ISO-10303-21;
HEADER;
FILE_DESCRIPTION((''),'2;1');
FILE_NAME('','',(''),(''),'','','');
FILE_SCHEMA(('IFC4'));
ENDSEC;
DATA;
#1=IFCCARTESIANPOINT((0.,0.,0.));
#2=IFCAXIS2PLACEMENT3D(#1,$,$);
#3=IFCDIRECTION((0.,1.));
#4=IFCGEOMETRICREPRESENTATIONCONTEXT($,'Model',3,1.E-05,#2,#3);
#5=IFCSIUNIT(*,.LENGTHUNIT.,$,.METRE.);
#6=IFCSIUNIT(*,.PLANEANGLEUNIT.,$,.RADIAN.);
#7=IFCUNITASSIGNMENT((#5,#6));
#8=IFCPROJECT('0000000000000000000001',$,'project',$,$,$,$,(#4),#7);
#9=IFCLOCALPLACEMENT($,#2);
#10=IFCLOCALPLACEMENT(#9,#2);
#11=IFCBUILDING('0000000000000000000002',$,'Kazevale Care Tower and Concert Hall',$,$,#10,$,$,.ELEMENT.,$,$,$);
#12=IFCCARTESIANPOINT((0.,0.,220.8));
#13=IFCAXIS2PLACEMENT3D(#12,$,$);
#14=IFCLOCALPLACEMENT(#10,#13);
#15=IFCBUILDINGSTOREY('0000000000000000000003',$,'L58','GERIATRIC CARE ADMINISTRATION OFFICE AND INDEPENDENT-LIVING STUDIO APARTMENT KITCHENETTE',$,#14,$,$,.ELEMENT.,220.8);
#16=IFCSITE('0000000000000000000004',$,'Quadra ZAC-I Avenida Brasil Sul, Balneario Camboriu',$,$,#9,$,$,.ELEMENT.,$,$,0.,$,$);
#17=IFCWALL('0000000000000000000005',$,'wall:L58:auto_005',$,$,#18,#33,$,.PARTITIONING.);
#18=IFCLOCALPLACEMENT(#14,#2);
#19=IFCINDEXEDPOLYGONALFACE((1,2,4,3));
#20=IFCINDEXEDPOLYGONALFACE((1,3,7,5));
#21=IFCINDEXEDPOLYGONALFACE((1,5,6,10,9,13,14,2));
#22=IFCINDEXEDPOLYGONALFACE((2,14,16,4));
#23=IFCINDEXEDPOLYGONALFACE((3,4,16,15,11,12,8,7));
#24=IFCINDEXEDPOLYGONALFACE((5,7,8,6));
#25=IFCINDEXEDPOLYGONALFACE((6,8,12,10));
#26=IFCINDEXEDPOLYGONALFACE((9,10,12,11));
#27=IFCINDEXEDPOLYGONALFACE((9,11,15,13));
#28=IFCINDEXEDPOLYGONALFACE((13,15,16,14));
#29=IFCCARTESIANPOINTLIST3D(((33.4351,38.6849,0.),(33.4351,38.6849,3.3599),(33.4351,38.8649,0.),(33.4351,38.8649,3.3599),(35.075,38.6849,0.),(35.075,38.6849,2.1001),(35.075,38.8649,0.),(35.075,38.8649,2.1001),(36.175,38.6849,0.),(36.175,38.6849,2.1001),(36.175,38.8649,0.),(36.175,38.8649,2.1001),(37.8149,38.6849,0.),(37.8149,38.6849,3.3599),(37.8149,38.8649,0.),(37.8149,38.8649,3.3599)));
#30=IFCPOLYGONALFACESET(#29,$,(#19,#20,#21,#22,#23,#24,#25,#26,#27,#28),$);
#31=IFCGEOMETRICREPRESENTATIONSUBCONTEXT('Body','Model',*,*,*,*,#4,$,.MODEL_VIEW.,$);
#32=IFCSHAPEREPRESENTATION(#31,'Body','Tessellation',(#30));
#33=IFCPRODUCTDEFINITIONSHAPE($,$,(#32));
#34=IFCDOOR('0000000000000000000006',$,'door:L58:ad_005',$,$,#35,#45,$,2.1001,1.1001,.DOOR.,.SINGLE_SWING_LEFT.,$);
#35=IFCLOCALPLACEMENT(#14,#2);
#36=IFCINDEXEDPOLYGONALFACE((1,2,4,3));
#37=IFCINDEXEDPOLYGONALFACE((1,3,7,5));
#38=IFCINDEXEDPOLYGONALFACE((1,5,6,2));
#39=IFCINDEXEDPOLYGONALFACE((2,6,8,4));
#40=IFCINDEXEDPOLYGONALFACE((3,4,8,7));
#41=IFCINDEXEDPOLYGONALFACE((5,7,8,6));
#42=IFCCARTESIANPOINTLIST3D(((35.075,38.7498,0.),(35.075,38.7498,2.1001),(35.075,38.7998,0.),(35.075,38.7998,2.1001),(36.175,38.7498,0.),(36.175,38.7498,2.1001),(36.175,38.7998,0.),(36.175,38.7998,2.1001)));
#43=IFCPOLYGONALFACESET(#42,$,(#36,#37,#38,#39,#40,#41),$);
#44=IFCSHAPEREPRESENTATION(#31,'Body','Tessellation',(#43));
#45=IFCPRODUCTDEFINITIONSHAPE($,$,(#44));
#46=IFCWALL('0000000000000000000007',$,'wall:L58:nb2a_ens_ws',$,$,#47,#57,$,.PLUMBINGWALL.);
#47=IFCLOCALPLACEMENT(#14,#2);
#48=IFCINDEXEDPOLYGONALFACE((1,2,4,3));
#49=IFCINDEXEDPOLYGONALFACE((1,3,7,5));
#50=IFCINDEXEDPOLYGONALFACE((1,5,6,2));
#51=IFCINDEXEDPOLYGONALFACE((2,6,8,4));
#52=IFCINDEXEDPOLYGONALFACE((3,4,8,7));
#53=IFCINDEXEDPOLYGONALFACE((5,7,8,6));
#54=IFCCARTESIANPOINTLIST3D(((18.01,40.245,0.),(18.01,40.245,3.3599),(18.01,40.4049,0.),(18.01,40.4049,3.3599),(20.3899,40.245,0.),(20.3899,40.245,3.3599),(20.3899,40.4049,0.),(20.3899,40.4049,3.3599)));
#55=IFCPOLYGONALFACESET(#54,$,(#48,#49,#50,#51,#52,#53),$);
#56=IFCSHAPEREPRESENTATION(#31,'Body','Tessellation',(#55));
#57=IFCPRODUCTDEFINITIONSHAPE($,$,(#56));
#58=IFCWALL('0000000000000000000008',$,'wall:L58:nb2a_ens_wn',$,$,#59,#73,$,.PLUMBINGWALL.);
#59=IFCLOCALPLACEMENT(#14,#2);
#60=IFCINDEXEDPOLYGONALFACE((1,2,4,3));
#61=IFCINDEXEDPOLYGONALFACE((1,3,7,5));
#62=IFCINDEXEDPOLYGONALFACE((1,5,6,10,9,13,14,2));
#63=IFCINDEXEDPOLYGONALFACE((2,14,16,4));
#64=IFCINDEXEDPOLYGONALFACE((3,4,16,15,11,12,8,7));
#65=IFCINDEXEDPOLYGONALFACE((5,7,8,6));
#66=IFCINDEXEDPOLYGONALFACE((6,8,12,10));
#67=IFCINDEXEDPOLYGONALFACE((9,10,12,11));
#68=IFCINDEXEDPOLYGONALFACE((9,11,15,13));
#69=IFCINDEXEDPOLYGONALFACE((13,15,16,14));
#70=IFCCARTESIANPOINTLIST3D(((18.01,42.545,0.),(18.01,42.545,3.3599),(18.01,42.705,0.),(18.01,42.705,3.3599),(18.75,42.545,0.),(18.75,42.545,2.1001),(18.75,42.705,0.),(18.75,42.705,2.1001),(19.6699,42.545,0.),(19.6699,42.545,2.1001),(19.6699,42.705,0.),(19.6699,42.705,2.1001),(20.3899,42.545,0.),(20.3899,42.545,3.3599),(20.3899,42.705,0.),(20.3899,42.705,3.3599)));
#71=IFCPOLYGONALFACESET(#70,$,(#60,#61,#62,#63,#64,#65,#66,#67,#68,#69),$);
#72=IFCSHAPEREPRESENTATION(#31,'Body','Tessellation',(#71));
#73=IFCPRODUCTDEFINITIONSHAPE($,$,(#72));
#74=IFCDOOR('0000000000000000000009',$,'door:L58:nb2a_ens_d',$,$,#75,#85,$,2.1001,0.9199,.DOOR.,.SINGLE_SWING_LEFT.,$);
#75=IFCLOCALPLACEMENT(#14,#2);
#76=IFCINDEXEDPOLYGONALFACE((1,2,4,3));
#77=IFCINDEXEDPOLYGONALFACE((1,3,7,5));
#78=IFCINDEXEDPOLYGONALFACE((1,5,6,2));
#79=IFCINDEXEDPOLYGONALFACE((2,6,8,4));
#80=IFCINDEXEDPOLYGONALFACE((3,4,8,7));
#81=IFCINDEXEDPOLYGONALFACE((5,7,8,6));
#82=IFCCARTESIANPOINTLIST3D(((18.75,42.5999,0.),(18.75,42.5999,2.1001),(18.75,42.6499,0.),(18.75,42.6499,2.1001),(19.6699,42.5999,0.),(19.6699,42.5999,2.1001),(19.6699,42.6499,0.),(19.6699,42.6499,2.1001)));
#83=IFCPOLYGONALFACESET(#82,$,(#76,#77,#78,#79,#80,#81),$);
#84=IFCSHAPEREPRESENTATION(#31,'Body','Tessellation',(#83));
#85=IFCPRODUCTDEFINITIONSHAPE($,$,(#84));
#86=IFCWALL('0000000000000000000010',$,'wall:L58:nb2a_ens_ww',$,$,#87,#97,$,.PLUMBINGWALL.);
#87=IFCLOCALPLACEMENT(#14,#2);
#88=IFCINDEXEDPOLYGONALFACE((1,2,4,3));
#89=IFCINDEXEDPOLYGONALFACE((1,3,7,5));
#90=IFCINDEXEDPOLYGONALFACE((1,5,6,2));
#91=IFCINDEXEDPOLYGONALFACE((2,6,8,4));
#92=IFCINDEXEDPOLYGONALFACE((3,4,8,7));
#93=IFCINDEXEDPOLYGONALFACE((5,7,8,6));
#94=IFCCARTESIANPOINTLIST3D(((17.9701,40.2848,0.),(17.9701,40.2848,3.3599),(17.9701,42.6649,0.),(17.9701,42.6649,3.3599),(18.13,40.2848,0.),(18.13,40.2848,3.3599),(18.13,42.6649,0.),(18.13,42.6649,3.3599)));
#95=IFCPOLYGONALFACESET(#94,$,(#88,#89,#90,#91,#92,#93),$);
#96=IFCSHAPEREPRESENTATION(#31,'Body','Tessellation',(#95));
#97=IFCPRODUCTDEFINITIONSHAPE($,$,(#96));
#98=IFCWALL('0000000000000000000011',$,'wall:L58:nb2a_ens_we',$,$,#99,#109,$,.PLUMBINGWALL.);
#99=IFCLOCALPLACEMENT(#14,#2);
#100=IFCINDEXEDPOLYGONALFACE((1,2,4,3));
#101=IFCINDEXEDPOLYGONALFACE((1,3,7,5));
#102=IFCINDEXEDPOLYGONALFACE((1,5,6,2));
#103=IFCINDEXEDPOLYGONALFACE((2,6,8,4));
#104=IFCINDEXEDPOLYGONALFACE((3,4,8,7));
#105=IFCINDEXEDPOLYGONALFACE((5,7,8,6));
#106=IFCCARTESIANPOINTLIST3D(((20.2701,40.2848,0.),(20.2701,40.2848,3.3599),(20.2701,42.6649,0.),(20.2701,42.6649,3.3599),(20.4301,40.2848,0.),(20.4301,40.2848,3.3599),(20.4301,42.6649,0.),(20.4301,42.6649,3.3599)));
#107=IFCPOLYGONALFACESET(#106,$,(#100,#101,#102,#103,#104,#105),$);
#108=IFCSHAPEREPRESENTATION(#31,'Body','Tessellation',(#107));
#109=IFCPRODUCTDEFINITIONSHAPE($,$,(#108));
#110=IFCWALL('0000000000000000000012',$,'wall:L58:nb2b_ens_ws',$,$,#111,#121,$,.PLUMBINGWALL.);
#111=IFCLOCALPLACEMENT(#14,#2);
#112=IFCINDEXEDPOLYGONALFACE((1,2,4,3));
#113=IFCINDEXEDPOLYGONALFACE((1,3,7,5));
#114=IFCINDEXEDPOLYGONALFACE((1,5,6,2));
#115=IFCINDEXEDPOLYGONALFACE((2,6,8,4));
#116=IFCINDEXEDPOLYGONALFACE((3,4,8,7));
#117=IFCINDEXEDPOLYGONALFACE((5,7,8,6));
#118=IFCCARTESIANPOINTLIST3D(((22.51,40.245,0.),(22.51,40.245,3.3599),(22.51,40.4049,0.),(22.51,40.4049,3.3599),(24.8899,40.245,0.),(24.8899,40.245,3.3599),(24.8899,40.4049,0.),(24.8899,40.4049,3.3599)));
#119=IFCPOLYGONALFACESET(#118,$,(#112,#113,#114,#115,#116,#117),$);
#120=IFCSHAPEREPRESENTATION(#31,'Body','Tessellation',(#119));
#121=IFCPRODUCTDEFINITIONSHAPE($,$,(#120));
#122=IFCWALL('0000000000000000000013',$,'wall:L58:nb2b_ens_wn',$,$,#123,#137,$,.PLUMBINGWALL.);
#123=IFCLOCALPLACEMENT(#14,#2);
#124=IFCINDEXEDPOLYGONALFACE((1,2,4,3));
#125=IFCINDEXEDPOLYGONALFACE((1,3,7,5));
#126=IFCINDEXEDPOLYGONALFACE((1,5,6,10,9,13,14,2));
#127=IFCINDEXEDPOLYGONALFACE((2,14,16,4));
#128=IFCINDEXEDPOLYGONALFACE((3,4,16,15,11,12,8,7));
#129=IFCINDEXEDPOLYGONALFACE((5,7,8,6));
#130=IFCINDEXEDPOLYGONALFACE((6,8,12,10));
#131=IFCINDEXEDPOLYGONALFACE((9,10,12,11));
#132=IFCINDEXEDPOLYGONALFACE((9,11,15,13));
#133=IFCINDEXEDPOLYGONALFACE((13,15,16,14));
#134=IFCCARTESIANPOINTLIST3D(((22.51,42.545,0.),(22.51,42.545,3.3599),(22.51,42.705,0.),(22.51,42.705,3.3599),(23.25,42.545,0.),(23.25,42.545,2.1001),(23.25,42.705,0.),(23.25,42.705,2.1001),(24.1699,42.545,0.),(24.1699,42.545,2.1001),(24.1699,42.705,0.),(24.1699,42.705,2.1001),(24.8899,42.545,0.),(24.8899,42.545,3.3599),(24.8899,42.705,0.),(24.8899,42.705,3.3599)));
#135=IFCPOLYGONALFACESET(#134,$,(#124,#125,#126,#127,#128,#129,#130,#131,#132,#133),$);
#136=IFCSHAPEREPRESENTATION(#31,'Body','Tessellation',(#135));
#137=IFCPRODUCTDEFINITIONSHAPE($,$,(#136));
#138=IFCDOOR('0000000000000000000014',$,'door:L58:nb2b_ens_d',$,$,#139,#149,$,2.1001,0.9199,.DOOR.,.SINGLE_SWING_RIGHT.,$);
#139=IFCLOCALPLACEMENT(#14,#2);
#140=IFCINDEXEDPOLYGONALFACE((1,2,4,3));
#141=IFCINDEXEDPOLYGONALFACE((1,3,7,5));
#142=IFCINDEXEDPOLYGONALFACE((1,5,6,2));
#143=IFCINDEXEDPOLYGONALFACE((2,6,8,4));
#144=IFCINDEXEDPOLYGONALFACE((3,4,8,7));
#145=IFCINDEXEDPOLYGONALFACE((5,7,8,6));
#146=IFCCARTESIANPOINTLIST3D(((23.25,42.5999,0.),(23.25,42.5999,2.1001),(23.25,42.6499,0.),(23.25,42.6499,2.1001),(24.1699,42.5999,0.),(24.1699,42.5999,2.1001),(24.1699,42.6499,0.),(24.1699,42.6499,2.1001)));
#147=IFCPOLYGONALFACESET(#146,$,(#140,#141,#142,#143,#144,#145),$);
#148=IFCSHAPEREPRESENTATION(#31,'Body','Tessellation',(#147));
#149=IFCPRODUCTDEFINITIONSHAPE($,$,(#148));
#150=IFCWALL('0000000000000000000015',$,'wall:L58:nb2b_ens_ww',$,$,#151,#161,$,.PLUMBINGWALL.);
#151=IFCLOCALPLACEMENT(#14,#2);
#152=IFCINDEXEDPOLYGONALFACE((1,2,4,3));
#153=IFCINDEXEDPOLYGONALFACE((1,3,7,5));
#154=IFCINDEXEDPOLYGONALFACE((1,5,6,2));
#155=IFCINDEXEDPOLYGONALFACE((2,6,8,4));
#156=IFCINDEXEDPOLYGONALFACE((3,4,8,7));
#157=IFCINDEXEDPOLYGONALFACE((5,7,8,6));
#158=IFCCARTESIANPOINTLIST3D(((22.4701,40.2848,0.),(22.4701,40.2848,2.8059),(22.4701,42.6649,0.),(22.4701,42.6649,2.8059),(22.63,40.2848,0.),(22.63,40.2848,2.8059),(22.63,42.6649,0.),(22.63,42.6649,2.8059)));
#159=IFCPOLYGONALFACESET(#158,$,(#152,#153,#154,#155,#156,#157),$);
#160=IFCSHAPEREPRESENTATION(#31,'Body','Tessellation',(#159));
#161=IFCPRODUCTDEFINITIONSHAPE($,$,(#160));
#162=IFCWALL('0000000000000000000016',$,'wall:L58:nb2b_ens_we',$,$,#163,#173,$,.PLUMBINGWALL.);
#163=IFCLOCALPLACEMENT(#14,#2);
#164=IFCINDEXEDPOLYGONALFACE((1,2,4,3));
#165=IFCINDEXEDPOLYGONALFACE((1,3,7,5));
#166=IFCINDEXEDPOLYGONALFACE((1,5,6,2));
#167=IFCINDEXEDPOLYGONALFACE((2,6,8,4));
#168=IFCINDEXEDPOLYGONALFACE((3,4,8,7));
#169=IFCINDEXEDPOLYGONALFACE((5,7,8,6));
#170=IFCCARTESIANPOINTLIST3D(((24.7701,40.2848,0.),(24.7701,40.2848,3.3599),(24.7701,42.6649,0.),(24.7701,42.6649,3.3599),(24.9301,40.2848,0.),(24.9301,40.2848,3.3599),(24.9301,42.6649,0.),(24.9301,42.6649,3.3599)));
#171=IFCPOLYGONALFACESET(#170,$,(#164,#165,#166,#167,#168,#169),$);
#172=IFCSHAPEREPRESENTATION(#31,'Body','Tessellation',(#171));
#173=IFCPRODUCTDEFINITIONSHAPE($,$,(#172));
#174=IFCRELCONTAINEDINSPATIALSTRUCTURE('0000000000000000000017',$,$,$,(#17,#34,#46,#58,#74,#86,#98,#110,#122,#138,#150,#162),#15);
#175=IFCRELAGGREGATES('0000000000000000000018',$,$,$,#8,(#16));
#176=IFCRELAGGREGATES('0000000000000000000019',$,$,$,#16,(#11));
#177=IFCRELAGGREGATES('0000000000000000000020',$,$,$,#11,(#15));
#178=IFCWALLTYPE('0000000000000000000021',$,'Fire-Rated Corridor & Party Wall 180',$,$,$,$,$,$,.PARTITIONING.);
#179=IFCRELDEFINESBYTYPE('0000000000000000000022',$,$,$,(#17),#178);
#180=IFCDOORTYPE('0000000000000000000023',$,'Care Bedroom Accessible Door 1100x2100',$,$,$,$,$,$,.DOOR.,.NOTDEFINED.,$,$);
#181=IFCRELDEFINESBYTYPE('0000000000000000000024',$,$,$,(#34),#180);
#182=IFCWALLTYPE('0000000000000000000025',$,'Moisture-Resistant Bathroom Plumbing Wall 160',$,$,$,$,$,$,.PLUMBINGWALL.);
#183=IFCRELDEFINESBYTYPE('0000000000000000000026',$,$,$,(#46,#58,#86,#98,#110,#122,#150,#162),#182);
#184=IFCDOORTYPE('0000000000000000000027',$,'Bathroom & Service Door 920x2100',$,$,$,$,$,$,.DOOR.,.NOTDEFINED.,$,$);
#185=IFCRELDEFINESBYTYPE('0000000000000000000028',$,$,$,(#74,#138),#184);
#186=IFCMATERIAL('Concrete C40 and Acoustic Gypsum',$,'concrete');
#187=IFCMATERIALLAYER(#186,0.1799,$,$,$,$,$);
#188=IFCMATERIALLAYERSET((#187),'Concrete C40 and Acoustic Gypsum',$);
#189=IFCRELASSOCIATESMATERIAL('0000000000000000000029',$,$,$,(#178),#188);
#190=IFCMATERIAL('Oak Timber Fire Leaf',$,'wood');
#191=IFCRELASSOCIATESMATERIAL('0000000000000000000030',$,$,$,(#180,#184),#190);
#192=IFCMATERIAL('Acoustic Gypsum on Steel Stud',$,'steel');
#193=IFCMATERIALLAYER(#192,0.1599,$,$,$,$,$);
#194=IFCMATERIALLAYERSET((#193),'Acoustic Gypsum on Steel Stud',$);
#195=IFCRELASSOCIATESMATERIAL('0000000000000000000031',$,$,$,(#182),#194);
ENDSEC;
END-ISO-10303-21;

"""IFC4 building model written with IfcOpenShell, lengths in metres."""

from ifc_helpers import new_model, si_unit, direction, frame, frame_2d, origin, place, context, subcontext, project, spatial, rectangle, extrude, material, layer, layer_set, type_object, element, fill, save


model = new_model("IFC4")

# Units and contexts
model_context = context("Model", 3, precision=1e-05, world=origin(), true_north=direction((0.0, 1.0)))
body_context = subcontext(model_context, "Body", "Model", "MODEL_VIEW")
ifc_project = project(units=[si_unit("LENGTHUNIT", "METRE"), si_unit("PLANEANGLEUNIT", "RADIAN")], contexts=[model_context])

# Site, building, storey
site_placement = place(None, origin())
site = spatial("IfcSite", under=ifc_project, at=site_placement, Name="Quadra ZAC-I Avenida Brasil Sul, Balneario Camboriu", CompositionType="ELEMENT", RefElevation=0.0)
building_placement = place(site_placement, origin())
building = spatial("IfcBuilding", under=site, at=building_placement, Name="Kazevale Care Tower and Concert Hall", CompositionType="ELEMENT")
storey_placement = place(building_placement, frame((0.0, 0.0, 220.8)))
storey = spatial("IfcBuildingStorey", under=building, at=storey_placement, Name="L58", Description="GERIATRIC CARE ADMINISTRATION OFFICE AND INDEPENDENT-LIVING STUDIO APARTMENT KITCHENETTE", CompositionType="ELEMENT", Elevation=220.8)

# Shared definitions
ifc_material_1 = material(Name="Concrete C40 and Acoustic Gypsum", Category="concrete")
ifc_layer_1 = layer(ifc_material_1, 0.1799)
ifc_layer_set_1 = layer_set([ifc_layer_1], Name="Concrete C40 and Acoustic Gypsum")
wall_type_1 = type_object("IfcWallType", Name="Fire-Rated Corridor & Party Wall 180", PredefinedType="PARTITIONING", material=ifc_layer_set_1)
ifc_material_2 = material(Name="Oak Timber Fire Leaf", Category="wood")
door_type_1 = type_object("IfcDoorType", Name="Care Bedroom Accessible Door 1100x2100", OperationType="NOTDEFINED", PredefinedType="DOOR", material=ifc_material_2)

# Wall, opening, door
wall_1_placement = place(storey_placement, frame((33.4351, 38.7749, 0.0), z_axis=(0.0, 0.0, 1.0), x_axis=(1.0, 0.0, 0.0)))
wall_1 = element("IfcWall", 1, at=wall_1_placement, inside=storey, type_object=wall_type_1, Name="wall:L58:auto_005", PredefinedType="PARTITIONING", context=body_context, shape_type="SweptSolid", body=[
    extrude(rectangle(XDim=4.3799, YDim=0.1799, at=frame_2d((2.1899, 0.0))), origin(), (0.0, 0.0, 1.0), 3.3599),
])
opening_1_placement = place(wall_1_placement, frame((1.6399, 0.0, 0.0)))
opening_1 = element("IfcOpeningElement", 2, at=opening_1_placement, cuts=wall_1, PredefinedType="OPENING", context=body_context, shape_type="SweptSolid", body=[
    extrude(rectangle(XDim=1.1001, YDim=2.1001, at=frame_2d((0.55, 1.05))), frame((0.0, 0.0999, 0.0), z_axis=(0.0, -1.0, 0.0), x_axis=(1.0, 0.0, 0.0)), (0.0, 0.0, 1.0), 0.2),
])
door_1_placement = place(opening_1_placement, origin())
door_1 = element("IfcDoor", 3, at=door_1_placement, inside=storey, type_object=door_type_1, Name="door:L58:ad_005", OperationType="SINGLE_SWING_LEFT", OverallHeight=2.1001, OverallWidth=1.1001, PredefinedType="DOOR", context=body_context, shape_type="SweptSolid", body=[
    extrude(rectangle(XDim=1.1001, YDim=2.1001, at=frame_2d((0.55, 1.05))), frame((0.0, 0.0249, 0.0), z_axis=(0.0, -1.0, 0.0), x_axis=(1.0, 0.0, 0.0)), (0.0, 0.0, 1.0), 0.05),
])
fill(opening_1, door_1)

# Wall
ifc_material_3 = material(Name="Acoustic Gypsum on Steel Stud", Category="steel")
ifc_layer_2 = layer(ifc_material_3, 0.1599)
ifc_layer_set_2 = layer_set([ifc_layer_2], Name="Acoustic Gypsum on Steel Stud")
wall_type_2 = type_object("IfcWallType", Name="Moisture-Resistant Bathroom Plumbing Wall 160", PredefinedType="PLUMBINGWALL", material=ifc_layer_set_2)
wall_2_placement = place(storey_placement, frame((18.01, 40.325, 0.0), z_axis=(0.0, 0.0, 1.0), x_axis=(1.0, 0.0, 0.0)))
element("IfcWall", 4, at=wall_2_placement, inside=storey, type_object=wall_type_2, Name="wall:L58:nb2a_ens_ws", PredefinedType="PLUMBINGWALL", context=body_context, shape_type="SweptSolid", body=[
    extrude(rectangle(XDim=2.3799, YDim=0.1599, at=frame_2d((1.1899, 0.0))), origin(), (0.0, 0.0, 1.0), 3.3599),
])

# Wall, opening, door
wall_3_placement = place(storey_placement, frame((18.01, 42.625, 0.0), z_axis=(0.0, 0.0, 1.0), x_axis=(1.0, 0.0, 0.0)))
wall_3 = element("IfcWall", 5, at=wall_3_placement, inside=storey, type_object=wall_type_2, Name="wall:L58:nb2a_ens_wn", PredefinedType="PLUMBINGWALL", context=body_context, shape_type="SweptSolid", body=[
    extrude(rectangle(XDim=2.3799, YDim=0.1599, at=frame_2d((1.1899, 0.0))), origin(), (0.0, 0.0, 1.0), 3.3599),
])
opening_2_placement = place(wall_3_placement, frame((0.74, 0.0, 0.0)))
opening_2 = element("IfcOpeningElement", 6, at=opening_2_placement, cuts=wall_3, PredefinedType="OPENING", context=body_context, shape_type="SweptSolid", body=[
    extrude(rectangle(XDim=0.9199, YDim=2.1001, at=frame_2d((0.46, 1.05))), frame((0.0, 0.0898, 0.0), z_axis=(0.0, -1.0, 0.0), x_axis=(1.0, 0.0, 0.0)), (0.0, 0.0, 1.0), 0.1799),
])
door_type_2 = type_object("IfcDoorType", Name="Bathroom & Service Door 920x2100", OperationType="NOTDEFINED", PredefinedType="DOOR", material=ifc_material_2)
door_2_placement = place(opening_2_placement, origin())
door_2 = element("IfcDoor", 7, at=door_2_placement, inside=storey, type_object=door_type_2, Name="door:L58:nb2a_ens_d", OperationType="SINGLE_SWING_LEFT", OverallHeight=2.1001, OverallWidth=0.9199, PredefinedType="DOOR", context=body_context, shape_type="SweptSolid", body=[
    extrude(rectangle(XDim=0.9199, YDim=2.1001, at=frame_2d((0.46, 1.05))), frame((0.0, 0.0249, 0.0), z_axis=(0.0, -1.0, 0.0), x_axis=(1.0, 0.0, 0.0)), (0.0, 0.0, 1.0), 0.05),
])
fill(opening_2, door_2)

# Walls
for number, where, z_axis, x_axis, name in (
    (8, (18.05, 40.2849, 0.0), (0.0, 0.0, 1.0), (0.0, 1.0, 0.0), "wall:L58:nb2a_ens_ww"),
    (9, (20.3501, 40.2849, 0.0), (0.0, 0.0, 1.0), (0.0, 1.0, 0.0), "wall:L58:nb2a_ens_we"),
):
    element("IfcWall", number, at=place(storey_placement, frame(where, z_axis=z_axis, x_axis=x_axis)), inside=storey, type_object=wall_type_2, Name=name, PredefinedType="PLUMBINGWALL", context=body_context, shape_type="SweptSolid", body=[
        extrude(rectangle(XDim=2.3801, YDim=0.1599, at=frame_2d((1.1899, 0.0))), origin(), (0.0, 0.0, 1.0), 3.3599),
    ])
wall_4_placement = place(storey_placement, frame((22.51, 40.325, 0.0), z_axis=(0.0, 0.0, 1.0), x_axis=(1.0, 0.0, 0.0)))
element("IfcWall", 10, at=wall_4_placement, inside=storey, type_object=wall_type_2, Name="wall:L58:nb2b_ens_ws", PredefinedType="PLUMBINGWALL", context=body_context, shape_type="SweptSolid", body=[
    extrude(rectangle(XDim=2.3799, YDim=0.1599, at=frame_2d((1.1899, 0.0))), origin(), (0.0, 0.0, 1.0), 3.3599),
])

# Wall, opening, door
wall_5_placement = place(storey_placement, frame((22.51, 42.625, 0.0), z_axis=(0.0, 0.0, 1.0), x_axis=(1.0, 0.0, 0.0)))
wall_5 = element("IfcWall", 11, at=wall_5_placement, inside=storey, type_object=wall_type_2, Name="wall:L58:nb2b_ens_wn", PredefinedType="PLUMBINGWALL", context=body_context, shape_type="SweptSolid", body=[
    extrude(rectangle(XDim=2.3799, YDim=0.1599, at=frame_2d((1.1899, 0.0))), origin(), (0.0, 0.0, 1.0), 3.3599),
])
opening_3_placement = place(wall_5_placement, frame((0.74, 0.0, 0.0)))
opening_3 = element("IfcOpeningElement", 12, at=opening_3_placement, cuts=wall_5, PredefinedType="OPENING", context=body_context, shape_type="SweptSolid", body=[
    extrude(rectangle(XDim=0.9199, YDim=2.1001, at=frame_2d((0.46, 1.05))), frame((0.0, 0.0898, 0.0), z_axis=(0.0, -1.0, 0.0), x_axis=(1.0, 0.0, 0.0)), (0.0, 0.0, 1.0), 0.1799),
])
door_3_placement = place(opening_3_placement, origin())
door_3 = element("IfcDoor", 13, at=door_3_placement, inside=storey, type_object=door_type_2, Name="door:L58:nb2b_ens_d", OperationType="SINGLE_SWING_RIGHT", OverallHeight=2.1001, OverallWidth=0.9199, PredefinedType="DOOR", context=body_context, shape_type="SweptSolid", body=[
    extrude(rectangle(XDim=0.9199, YDim=2.1001, at=frame_2d((0.46, 1.05))), frame((0.0, 0.0249, 0.0), z_axis=(0.0, -1.0, 0.0), x_axis=(1.0, 0.0, 0.0)), (0.0, 0.0, 1.0), 0.05),
])
fill(opening_3, door_3)

# Walls
wall_6_placement = place(storey_placement, frame((22.55, 40.2849, 0.0), z_axis=(0.0, 0.0, 1.0), x_axis=(0.0, 1.0, 0.0)))
element("IfcWall", 14, at=wall_6_placement, inside=storey, type_object=wall_type_2, Name="wall:L58:nb2b_ens_ww", PredefinedType="PLUMBINGWALL", context=body_context, shape_type="SweptSolid", body=[
    extrude(rectangle(XDim=2.3801, YDim=0.1599, at=frame_2d((1.1899, 0.0))), origin(), (0.0, 0.0, 1.0), 2.8059),
])
wall_7_placement = place(storey_placement, frame((24.8501, 40.2849, 0.0), z_axis=(0.0, 0.0, 1.0), x_axis=(0.0, 1.0, 0.0)))
element("IfcWall", 15, at=wall_7_placement, inside=storey, type_object=wall_type_2, Name="wall:L58:nb2b_ens_we", PredefinedType="PLUMBINGWALL", context=body_context, shape_type="SweptSolid", body=[
    extrude(rectangle(XDim=2.3801, YDim=0.1599, at=frame_2d((1.1899, 0.0))), origin(), (0.0, 0.0, 1.0), 3.3599),
])

save(model, "model.ifc")
